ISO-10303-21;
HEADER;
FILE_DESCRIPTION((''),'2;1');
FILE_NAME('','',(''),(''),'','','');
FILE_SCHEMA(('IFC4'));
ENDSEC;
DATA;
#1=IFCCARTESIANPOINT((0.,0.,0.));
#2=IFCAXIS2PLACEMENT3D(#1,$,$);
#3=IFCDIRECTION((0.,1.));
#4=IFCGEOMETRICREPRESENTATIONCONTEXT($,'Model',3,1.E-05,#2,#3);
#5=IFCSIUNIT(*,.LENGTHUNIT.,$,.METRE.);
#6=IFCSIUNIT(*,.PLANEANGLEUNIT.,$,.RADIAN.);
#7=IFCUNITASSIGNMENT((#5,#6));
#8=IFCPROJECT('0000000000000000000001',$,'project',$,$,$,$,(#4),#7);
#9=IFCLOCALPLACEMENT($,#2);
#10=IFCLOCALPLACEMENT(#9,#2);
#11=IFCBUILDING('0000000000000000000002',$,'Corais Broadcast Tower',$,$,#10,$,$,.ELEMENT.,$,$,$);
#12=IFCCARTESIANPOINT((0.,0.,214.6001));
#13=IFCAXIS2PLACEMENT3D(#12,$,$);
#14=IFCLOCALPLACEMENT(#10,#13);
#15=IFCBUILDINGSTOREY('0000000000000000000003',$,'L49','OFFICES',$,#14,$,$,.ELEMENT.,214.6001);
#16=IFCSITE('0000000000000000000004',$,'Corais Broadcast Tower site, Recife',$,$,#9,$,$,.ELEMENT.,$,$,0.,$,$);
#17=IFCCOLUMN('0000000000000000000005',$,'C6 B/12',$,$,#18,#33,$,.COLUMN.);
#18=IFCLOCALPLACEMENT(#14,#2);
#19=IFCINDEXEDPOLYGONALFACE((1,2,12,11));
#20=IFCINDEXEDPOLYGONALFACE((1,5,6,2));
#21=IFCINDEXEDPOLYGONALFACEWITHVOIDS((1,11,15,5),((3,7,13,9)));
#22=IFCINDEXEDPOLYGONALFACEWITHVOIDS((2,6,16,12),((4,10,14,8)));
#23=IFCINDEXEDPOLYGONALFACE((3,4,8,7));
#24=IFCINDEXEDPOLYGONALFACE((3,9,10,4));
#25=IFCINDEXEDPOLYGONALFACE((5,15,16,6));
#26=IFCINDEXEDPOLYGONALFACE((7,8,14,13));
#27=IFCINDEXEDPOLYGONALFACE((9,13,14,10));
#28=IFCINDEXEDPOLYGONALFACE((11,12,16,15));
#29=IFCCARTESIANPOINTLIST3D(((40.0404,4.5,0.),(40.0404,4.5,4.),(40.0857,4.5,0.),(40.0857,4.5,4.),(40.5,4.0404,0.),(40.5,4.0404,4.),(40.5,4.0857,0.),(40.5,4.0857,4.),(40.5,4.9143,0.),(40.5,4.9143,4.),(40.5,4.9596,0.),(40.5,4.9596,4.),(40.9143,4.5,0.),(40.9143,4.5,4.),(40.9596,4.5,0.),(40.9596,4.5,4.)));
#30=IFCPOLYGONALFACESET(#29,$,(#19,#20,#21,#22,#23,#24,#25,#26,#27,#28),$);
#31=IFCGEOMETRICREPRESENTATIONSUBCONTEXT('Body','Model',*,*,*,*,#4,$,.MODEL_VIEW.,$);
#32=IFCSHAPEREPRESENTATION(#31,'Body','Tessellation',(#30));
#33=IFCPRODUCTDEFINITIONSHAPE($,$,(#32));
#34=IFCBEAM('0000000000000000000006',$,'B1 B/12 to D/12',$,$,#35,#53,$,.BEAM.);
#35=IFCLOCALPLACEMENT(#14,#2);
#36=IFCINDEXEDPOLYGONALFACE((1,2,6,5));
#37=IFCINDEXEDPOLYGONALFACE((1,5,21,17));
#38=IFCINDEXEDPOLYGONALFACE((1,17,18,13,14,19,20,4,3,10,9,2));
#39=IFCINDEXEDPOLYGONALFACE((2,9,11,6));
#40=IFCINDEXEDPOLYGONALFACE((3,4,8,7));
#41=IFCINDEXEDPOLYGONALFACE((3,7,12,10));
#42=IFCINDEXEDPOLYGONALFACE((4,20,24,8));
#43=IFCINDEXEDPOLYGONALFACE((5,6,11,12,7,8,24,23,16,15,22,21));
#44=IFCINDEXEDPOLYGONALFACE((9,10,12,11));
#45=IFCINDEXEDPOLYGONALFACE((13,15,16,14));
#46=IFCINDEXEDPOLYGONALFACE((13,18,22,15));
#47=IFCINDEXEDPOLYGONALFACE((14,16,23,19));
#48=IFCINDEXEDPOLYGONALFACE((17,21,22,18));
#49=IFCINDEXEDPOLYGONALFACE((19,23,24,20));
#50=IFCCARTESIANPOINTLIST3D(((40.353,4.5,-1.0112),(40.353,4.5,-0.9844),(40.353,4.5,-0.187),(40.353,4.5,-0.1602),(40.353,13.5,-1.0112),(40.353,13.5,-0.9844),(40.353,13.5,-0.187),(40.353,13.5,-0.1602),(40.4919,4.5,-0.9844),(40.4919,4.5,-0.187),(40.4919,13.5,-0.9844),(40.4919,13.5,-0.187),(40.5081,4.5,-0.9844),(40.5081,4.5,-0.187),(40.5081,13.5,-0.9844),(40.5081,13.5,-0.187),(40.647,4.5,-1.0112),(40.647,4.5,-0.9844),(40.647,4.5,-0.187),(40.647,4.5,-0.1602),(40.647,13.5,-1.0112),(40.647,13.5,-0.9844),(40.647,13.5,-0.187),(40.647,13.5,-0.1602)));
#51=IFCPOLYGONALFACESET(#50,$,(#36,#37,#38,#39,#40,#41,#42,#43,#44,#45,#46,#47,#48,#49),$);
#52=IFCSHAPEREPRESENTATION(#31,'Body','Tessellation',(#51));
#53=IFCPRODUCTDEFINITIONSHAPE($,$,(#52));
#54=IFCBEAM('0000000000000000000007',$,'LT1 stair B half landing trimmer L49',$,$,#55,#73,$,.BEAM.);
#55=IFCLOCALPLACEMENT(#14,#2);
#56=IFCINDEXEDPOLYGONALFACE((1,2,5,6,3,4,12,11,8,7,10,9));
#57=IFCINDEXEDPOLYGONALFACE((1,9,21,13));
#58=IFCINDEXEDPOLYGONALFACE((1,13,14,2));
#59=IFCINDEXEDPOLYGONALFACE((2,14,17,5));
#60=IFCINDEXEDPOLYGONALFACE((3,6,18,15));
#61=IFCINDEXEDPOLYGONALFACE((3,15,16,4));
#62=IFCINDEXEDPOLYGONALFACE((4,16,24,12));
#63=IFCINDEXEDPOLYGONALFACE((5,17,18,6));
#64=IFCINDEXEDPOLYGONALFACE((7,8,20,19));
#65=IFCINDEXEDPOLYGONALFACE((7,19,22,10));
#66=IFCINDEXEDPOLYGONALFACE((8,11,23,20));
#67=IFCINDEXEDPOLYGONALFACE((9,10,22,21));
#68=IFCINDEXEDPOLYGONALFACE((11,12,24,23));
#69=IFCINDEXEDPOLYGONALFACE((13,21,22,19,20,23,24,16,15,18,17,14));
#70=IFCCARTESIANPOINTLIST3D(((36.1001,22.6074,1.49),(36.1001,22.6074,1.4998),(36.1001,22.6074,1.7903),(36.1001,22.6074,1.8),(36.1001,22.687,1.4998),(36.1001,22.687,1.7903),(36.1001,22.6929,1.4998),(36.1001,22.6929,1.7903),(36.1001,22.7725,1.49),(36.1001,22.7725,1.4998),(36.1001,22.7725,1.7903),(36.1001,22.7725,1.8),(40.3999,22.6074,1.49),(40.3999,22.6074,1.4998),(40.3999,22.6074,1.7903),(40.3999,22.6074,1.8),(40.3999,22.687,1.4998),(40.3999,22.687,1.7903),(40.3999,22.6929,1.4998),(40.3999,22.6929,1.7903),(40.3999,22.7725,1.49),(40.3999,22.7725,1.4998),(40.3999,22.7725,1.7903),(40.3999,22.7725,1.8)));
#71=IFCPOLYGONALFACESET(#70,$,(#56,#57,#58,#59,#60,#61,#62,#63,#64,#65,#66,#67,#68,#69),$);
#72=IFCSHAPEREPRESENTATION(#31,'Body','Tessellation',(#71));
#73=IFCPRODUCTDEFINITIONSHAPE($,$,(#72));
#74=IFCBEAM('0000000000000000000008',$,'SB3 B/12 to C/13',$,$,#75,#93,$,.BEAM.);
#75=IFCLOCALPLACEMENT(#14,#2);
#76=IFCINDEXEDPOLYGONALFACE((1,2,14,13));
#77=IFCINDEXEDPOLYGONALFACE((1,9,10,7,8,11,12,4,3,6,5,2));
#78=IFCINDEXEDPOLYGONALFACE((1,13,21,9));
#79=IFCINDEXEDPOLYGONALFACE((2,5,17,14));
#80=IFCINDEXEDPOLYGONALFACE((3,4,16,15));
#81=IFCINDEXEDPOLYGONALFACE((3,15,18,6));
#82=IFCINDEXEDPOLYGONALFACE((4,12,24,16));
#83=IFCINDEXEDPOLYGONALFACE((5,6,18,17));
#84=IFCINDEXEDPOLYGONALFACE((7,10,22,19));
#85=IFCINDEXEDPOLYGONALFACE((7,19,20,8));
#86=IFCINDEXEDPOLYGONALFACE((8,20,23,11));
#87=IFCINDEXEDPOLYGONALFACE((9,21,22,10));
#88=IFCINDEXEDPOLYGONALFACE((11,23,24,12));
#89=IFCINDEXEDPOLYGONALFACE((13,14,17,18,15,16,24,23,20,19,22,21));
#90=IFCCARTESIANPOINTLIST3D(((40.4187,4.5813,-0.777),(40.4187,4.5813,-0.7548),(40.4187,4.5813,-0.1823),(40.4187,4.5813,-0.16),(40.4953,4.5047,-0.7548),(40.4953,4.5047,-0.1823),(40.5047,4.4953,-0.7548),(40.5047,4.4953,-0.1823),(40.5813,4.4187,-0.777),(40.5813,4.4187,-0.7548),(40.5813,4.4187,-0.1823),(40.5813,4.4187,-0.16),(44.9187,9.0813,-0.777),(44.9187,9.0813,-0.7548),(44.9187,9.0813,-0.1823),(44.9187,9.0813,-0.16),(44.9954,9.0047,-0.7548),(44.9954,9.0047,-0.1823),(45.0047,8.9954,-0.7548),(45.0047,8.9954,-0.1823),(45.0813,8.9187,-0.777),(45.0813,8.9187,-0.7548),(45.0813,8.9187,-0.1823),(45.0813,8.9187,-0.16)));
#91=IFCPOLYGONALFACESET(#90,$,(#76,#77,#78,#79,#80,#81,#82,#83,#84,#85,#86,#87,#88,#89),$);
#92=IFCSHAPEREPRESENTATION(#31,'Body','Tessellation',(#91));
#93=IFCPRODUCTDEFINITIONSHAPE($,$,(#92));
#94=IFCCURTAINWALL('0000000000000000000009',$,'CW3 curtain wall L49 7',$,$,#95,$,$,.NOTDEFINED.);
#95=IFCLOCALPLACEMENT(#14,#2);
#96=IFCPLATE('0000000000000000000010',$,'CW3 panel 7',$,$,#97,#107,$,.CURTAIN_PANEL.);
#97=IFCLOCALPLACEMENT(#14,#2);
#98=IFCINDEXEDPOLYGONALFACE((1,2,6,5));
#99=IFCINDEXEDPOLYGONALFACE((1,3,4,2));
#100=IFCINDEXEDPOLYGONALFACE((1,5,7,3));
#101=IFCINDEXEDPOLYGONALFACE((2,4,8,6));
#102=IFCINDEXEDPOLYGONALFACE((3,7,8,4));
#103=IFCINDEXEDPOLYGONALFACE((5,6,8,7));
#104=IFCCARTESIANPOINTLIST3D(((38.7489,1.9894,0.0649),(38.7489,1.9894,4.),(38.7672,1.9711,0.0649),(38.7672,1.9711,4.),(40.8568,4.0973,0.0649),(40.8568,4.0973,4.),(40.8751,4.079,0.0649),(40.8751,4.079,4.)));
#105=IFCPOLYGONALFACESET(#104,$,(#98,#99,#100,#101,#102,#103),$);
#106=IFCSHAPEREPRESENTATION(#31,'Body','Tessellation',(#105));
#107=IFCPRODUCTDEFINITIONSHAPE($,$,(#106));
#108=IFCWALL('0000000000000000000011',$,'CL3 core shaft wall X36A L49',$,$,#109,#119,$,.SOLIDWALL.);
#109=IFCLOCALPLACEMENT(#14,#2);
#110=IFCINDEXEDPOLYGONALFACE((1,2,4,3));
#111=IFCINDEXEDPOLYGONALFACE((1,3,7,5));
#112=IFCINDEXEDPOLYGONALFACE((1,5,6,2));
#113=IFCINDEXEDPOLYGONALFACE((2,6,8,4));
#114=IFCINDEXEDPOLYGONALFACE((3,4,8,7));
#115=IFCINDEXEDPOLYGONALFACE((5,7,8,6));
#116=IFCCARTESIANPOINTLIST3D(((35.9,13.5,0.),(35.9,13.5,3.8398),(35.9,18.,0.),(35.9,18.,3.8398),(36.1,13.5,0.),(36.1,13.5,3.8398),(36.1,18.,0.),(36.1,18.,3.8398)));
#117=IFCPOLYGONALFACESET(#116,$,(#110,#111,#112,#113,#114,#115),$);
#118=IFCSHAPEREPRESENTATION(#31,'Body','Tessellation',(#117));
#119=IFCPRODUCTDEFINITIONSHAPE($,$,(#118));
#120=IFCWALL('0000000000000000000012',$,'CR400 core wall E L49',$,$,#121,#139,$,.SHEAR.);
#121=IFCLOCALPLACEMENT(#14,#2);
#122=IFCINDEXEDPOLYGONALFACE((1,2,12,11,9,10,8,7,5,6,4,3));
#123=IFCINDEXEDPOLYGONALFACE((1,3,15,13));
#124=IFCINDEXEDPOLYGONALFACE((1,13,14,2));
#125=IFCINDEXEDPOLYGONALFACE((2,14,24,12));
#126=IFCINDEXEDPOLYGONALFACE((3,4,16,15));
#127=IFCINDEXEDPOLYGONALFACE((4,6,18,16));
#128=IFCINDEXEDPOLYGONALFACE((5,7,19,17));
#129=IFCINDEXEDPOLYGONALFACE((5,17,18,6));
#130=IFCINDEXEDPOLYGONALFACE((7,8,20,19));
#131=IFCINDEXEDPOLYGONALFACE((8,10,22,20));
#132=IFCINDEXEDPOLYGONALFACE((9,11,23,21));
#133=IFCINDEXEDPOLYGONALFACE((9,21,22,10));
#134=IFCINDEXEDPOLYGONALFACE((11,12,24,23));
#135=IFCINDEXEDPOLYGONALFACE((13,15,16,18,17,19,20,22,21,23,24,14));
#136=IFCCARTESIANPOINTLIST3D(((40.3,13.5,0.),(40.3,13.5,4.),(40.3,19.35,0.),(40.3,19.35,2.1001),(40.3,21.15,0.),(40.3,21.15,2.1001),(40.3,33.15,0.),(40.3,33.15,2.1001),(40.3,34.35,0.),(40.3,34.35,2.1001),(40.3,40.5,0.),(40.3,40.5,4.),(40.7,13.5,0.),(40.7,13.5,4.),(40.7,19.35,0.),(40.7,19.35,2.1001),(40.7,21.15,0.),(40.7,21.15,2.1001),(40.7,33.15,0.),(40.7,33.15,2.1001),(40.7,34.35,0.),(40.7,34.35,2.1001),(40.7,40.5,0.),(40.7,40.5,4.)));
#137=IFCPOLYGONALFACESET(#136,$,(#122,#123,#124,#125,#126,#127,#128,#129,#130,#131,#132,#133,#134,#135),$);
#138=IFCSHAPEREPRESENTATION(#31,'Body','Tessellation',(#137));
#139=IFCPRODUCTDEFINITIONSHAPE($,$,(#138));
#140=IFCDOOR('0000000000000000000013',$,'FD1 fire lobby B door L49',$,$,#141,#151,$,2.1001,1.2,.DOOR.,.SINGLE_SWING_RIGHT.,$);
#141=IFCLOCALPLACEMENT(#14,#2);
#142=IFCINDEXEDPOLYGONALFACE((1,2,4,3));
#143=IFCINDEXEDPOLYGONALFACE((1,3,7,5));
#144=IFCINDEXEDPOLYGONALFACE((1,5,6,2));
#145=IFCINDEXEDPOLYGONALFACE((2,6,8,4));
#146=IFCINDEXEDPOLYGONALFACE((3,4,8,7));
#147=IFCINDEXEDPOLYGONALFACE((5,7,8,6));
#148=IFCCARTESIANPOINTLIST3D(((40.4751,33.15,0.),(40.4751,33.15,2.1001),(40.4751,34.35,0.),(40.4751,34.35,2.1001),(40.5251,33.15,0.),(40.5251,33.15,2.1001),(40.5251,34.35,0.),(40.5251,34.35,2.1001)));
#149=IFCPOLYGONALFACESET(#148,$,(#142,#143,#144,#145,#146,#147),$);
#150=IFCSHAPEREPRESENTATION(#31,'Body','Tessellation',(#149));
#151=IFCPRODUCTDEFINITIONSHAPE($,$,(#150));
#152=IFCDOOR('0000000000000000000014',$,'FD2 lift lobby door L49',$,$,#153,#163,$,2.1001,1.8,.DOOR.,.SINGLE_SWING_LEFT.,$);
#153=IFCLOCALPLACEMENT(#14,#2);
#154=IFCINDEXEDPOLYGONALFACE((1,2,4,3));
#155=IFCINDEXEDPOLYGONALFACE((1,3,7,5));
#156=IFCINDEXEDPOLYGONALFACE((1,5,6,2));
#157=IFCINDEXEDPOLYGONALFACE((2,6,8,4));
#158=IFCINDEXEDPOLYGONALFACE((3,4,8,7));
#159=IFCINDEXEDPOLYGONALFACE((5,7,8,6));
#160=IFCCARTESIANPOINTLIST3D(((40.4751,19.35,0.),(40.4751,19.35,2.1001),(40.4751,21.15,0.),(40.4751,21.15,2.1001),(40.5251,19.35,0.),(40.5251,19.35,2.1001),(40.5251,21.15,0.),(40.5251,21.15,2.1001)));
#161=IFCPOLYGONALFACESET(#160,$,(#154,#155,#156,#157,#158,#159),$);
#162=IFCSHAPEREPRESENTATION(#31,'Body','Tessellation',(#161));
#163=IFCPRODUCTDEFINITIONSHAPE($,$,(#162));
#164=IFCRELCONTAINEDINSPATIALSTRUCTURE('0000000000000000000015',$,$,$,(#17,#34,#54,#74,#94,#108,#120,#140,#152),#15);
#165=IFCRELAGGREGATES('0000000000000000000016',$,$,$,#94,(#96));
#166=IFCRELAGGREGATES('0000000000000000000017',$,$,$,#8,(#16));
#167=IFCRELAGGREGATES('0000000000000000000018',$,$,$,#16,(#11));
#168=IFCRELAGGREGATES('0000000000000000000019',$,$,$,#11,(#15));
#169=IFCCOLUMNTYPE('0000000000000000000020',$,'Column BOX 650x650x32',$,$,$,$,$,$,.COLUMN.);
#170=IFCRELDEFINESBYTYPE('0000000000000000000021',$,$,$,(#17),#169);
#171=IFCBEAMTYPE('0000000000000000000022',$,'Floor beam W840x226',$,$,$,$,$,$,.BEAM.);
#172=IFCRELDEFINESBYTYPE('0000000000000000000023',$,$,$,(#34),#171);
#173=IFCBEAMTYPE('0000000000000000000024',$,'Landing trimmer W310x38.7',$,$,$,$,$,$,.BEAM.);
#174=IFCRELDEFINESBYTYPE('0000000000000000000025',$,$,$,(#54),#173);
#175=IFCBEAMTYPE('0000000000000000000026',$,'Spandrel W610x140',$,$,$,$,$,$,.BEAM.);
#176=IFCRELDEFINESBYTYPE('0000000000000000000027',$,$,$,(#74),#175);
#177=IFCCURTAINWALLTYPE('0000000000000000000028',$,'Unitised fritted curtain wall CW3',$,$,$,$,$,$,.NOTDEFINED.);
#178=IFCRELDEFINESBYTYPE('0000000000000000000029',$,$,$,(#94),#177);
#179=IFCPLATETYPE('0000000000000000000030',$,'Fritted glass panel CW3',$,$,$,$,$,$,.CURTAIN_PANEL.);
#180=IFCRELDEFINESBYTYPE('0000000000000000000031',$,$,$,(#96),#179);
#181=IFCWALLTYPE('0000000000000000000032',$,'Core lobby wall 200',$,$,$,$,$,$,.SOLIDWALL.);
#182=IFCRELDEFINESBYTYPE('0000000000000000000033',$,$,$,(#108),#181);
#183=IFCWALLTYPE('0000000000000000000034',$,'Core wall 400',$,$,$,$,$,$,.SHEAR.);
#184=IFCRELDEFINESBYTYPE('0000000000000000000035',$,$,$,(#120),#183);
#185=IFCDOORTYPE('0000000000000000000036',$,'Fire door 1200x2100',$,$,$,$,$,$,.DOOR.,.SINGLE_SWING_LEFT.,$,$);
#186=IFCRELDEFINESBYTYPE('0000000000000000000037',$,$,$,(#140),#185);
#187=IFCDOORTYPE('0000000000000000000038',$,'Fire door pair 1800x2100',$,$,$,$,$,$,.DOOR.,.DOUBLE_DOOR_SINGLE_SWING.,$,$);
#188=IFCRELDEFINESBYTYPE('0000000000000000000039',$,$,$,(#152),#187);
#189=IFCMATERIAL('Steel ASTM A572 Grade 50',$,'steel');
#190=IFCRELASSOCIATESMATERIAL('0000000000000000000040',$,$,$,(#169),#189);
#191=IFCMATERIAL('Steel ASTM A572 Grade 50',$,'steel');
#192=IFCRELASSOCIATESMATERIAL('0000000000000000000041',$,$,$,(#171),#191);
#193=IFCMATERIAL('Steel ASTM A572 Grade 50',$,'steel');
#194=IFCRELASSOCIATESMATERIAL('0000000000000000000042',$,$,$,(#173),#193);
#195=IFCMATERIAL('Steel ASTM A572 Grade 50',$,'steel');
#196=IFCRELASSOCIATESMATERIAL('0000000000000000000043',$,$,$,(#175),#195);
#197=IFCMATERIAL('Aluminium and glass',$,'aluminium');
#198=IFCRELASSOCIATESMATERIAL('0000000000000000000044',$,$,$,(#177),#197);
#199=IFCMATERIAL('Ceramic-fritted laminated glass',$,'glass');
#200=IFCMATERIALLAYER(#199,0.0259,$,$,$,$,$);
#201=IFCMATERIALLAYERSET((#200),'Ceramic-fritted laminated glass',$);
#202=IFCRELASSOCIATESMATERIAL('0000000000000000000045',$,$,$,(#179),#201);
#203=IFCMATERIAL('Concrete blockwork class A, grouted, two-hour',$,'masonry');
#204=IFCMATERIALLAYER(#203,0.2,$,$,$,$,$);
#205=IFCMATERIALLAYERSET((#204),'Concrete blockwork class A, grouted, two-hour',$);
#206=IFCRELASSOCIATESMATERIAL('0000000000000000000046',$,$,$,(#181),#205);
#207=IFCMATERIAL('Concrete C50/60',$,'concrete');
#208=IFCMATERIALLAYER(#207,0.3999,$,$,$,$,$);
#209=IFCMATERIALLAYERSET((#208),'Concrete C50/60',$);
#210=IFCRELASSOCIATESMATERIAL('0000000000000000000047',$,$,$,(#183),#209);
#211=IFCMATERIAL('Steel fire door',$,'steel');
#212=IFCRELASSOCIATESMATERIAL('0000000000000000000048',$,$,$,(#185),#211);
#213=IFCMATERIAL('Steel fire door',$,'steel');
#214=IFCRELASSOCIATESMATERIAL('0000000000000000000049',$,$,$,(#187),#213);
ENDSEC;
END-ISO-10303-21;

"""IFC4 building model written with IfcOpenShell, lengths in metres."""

from ifc_helpers import new_model, si_unit, direction, frame, frame_2d, origin, origin_2d, place, context, subcontext, project, spatial, rectangle, hollow_rectangle, i_section, extrude, material, layer, layer_set, material_profile, profile_set, type_object, element, fill, aggregate, save


model = new_model("IFC4")

# Units and contexts
model_context = context("Model", 3, precision=1e-05, world=origin(), true_north=direction((0.0, 1.0)))
body_context = subcontext(model_context, "Body", "Model", "MODEL_VIEW")
ifc_project = project(units=[si_unit("LENGTHUNIT", "METRE"), si_unit("PLANEANGLEUNIT", "RADIAN")], contexts=[model_context])

# Site, building, storey
site_placement = place(None, origin())
site = spatial("IfcSite", under=ifc_project, at=site_placement, Name="Corais Broadcast Tower site, Recife", CompositionType="ELEMENT", RefElevation=0.0)
building_placement = place(site_placement, origin())
building = spatial("IfcBuilding", under=site, at=building_placement, Name="Corais Broadcast Tower", CompositionType="ELEMENT")
storey_placement = place(building_placement, frame((0.0, 0.0, 214.6001)))
storey = spatial("IfcBuildingStorey", under=building, at=storey_placement, Name="L49", Description="OFFICES", CompositionType="ELEMENT", Elevation=214.6001)

# Column
ifc_material_1 = material(Name="Steel ASTM A572 Grade 50", Category="steel")
ifc_material_profile_1 = material_profile(ifc_material_1, hollow_rectangle(XDim=0.6499, YDim=0.6499, WallThickness=0.032, at=origin_2d()), Name="BOX 650x650x32")
ifc_profile_set_1 = profile_set([ifc_material_profile_1], Name="Steel ASTM A572 Grade 50")
column_type = type_object("IfcColumnType", Name="Column BOX 650x650x32", PredefinedType="COLUMN", material=ifc_profile_set_1)
column_placement = place(storey_placement, frame((40.5, 4.5, 0.0), z_axis=(0.0, 0.0, 1.0), x_axis=(0.707107, 0.707107, 0.0)))
element("IfcColumn", 1, at=column_placement, inside=storey, type_object=column_type, Name="C6 B/12", PredefinedType="COLUMN", context=body_context, shape_type="SweptSolid", body=[
    extrude(hollow_rectangle(XDim=0.6499, YDim=0.6499, WallThickness=0.032, at=origin_2d()), origin(), (0.0, 0.0, 1.0), 4.0),
])

# Beams
ifc_material_2 = material(Name="Steel ASTM A572 Grade 50", Category="steel")
ifc_material_profile_2 = material_profile(ifc_material_2, i_section(OverallWidth=0.2939, OverallDepth=0.8511, WebThickness=0.0161, FlangeThickness=0.0269, at=origin_2d()), Name="W840x226")
ifc_profile_set_2 = profile_set([ifc_material_profile_2], Name="Steel ASTM A572 Grade 50")
beam_type_1 = type_object("IfcBeamType", Name="Floor beam W840x226", PredefinedType="BEAM", material=ifc_profile_set_2)
beam_1_placement = place(storey_placement, frame((40.5, 4.5, -0.5857), z_axis=(0.0, 1.0, 0.0), x_axis=(-1.0, 0.0, 0.0)))
element("IfcBeam", 2, at=beam_1_placement, inside=storey, type_object=beam_type_1, Name="B1 B/12 to D/12", PredefinedType="BEAM", context=body_context, shape_type="SweptSolid", body=[
    extrude(i_section(OverallWidth=0.2939, OverallDepth=0.8511, WebThickness=0.0161, FlangeThickness=0.0269, at=origin_2d()), origin(), (0.0, 0.0, 1.0), 9.0),
])
ifc_material_3 = material(Name="Steel ASTM A572 Grade 50", Category="steel")
ifc_material_profile_3 = material_profile(ifc_material_3, i_section(OverallWidth=0.165, OverallDepth=0.3101, WebThickness=0.0059, FlangeThickness=0.0098, at=origin_2d()), Name="W310x38.7")
ifc_profile_set_3 = profile_set([ifc_material_profile_3], Name="Steel ASTM A572 Grade 50")
beam_type_2 = type_object("IfcBeamType", Name="Landing trimmer W310x38.7", PredefinedType="BEAM", material=ifc_profile_set_3)
beam_2_placement = place(storey_placement, frame((36.1001, 22.6899, 1.645), z_axis=(1.0, 0.0, 0.0), x_axis=(0.0, 1.0, 0.0)))
element("IfcBeam", 3, at=beam_2_placement, inside=storey, type_object=beam_type_2, Name="LT1 stair B half landing trimmer L49", PredefinedType="BEAM", context=body_context, shape_type="SweptSolid", body=[
    extrude(i_section(OverallWidth=0.165, OverallDepth=0.3101, WebThickness=0.0059, FlangeThickness=0.0098, at=origin_2d()), origin(), (0.0, 0.0, 1.0), 4.2998),
])
ifc_material_4 = material(Name="Steel ASTM A572 Grade 50", Category="steel")
ifc_material_profile_4 = material_profile(ifc_material_4, i_section(OverallWidth=0.23, OverallDepth=0.6169, WebThickness=0.0132, FlangeThickness=0.0222, at=origin_2d()), Name="W610x140")
ifc_profile_set_4 = profile_set([ifc_material_profile_4], Name="Steel ASTM A572 Grade 50")
beam_type_3 = type_object("IfcBeamType", Name="Spandrel W610x140", PredefinedType="BEAM", material=ifc_profile_set_4)
beam_3_placement = place(storey_placement, frame((40.5, 4.5, -0.4685), z_axis=(0.707107, 0.707107, 0.0), x_axis=(-0.707107, 0.707107, 0.0)))
element("IfcBeam", 4, at=beam_3_placement, inside=storey, type_object=beam_type_3, Name="SB3 B/12 to C/13", PredefinedType="BEAM", context=body_context, shape_type="SweptSolid", body=[
    extrude(i_section(OverallWidth=0.23, OverallDepth=0.6169, WebThickness=0.0132, FlangeThickness=0.0222, at=origin_2d()), origin(), (0.0, 0.0, 1.0), 6.364),
])

# Curtain wall, plate
ifc_material_5 = material(Name="Aluminium and glass", Category="aluminium")
curtain_wall_type = type_object("IfcCurtainWallType", Name="Unitised fritted curtain wall CW3", PredefinedType="NOTDEFINED", material=ifc_material_5)
curtain_wall_placement = place(storey_placement, origin())
curtain_wall = element("IfcCurtainWall", 5, at=curtain_wall_placement, inside=storey, type_object=curtain_wall_type, Name="CW3 curtain wall L49 7", PredefinedType="NOTDEFINED")
ifc_material_6 = material(Name="Ceramic-fritted laminated glass", Category="glass")
ifc_layer_1 = layer(ifc_material_6, 0.0259)
ifc_layer_set_1 = layer_set([ifc_layer_1], Name="Ceramic-fritted laminated glass")
plate_type = type_object("IfcPlateType", Name="Fritted glass panel CW3", PredefinedType="CURTAIN_PANEL", material=ifc_layer_set_1)
plate_placement = place(storey_placement, frame((39.812, 3.0342, 0.0649), z_axis=(0.0, 0.0, 1.0), x_axis=(-0.707107, -0.707107, 0.0)))
plate = element("IfcPlate", 6, at=plate_placement, type_object=plate_type, Name="CW3 panel 7", PredefinedType="CURTAIN_PANEL", context=body_context, shape_type="SweptSolid", body=[
    extrude(rectangle(XDim=2.981, YDim=0.0259, at=origin_2d()), origin(), (0.0, 0.0, 1.0), 3.9351),
])
aggregate(curtain_wall, [plate])

# Wall
ifc_material_7 = material(Name="Concrete blockwork class A, grouted, two-hour", Category="masonry")
ifc_layer_2 = layer(ifc_material_7, 0.2)
ifc_layer_set_2 = layer_set([ifc_layer_2], Name="Concrete blockwork class A, grouted, two-hour")
wall_type_1 = type_object("IfcWallType", Name="Core lobby wall 200", PredefinedType="SOLIDWALL", material=ifc_layer_set_2)
wall_1_placement = place(storey_placement, frame((36.0, 13.5, 0.0), z_axis=(0.0, 0.0, 1.0), x_axis=(0.0, 1.0, 0.0)))
element("IfcWall", 7, at=wall_1_placement, inside=storey, type_object=wall_type_1, Name="CL3 core shaft wall X36A L49", PredefinedType="SOLIDWALL", context=body_context, shape_type="SweptSolid", body=[
    extrude(rectangle(XDim=4.5, YDim=0.2, at=frame_2d((2.25, 0.0))), origin(), (0.0, 0.0, 1.0), 3.8398),
])

# Wall, openings, doors
ifc_material_8 = material(Name="Concrete C50/60", Category="concrete")
ifc_layer_3 = layer(ifc_material_8, 0.3999)
ifc_layer_set_3 = layer_set([ifc_layer_3], Name="Concrete C50/60")
wall_type_2 = type_object("IfcWallType", Name="Core wall 400", PredefinedType="SHEAR", material=ifc_layer_set_3)
wall_2_placement = place(storey_placement, frame((40.5, 13.5, 0.0), z_axis=(0.0, 0.0, 1.0), x_axis=(0.0, 1.0, 0.0)))
wall_2 = element("IfcWall", 8, at=wall_2_placement, inside=storey, type_object=wall_type_2, Name="CR400 core wall E L49", PredefinedType="SHEAR", context=body_context, shape_type="SweptSolid", body=[
    extrude(rectangle(XDim=27.0, YDim=0.3999, at=frame_2d((13.5, 0.0))), origin(), (0.0, 0.0, 1.0), 4.0),
])
opening_1_placement = place(wall_2_placement, frame((5.8501, 0.0, 0.0)))
opening_1 = element("IfcOpeningElement", 9, at=opening_1_placement, cuts=wall_2, PredefinedType="OPENING", context=body_context, shape_type="SweptSolid", body=[
    extrude(rectangle(XDim=1.8, YDim=2.1001, at=frame_2d((0.8999, 1.05))), frame((0.0, 0.21, 0.0), z_axis=(0.0, -1.0, 0.0), x_axis=(1.0, 0.0, 0.0)), (0.0, 0.0, 1.0), 0.4199),
])
opening_2_placement = place(wall_2_placement, frame((19.6499, 0.0, 0.0)))
opening_2 = element("IfcOpeningElement", 10, at=opening_2_placement, cuts=wall_2, PredefinedType="OPENING", context=body_context, shape_type="SweptSolid", body=[
    extrude(rectangle(XDim=1.2, YDim=2.1001, at=frame_2d((0.6001, 1.05))), frame((0.0, 0.21, 0.0), z_axis=(0.0, -1.0, 0.0), x_axis=(1.0, 0.0, 0.0)), (0.0, 0.0, 1.0), 0.4199),
])
ifc_material_9 = material(Name="Steel fire door", Category="steel")
door_type_1 = type_object("IfcDoorType", Name="Fire door 1200x2100", OperationType="SINGLE_SWING_LEFT", PredefinedType="DOOR", material=ifc_material_9)
door_1_placement = place(opening_2_placement, origin())
door_1 = element("IfcDoor", 11, at=door_1_placement, inside=storey, type_object=door_type_1, Name="FD1 fire lobby B door L49", OperationType="SINGLE_SWING_RIGHT", OverallHeight=2.1001, OverallWidth=1.2, PredefinedType="DOOR", context=body_context, shape_type="SweptSolid", body=[
    extrude(rectangle(XDim=1.2, YDim=2.1001, at=frame_2d((0.6001, 1.05))), frame((0.0, 0.0249, 0.0), z_axis=(0.0, -1.0, 0.0), x_axis=(1.0, 0.0, 0.0)), (0.0, 0.0, 1.0), 0.05),
])
fill(opening_2, door_1)
ifc_material_10 = material(Name="Steel fire door", Category="steel")
door_type_2 = type_object("IfcDoorType", Name="Fire door pair 1800x2100", OperationType="DOUBLE_DOOR_SINGLE_SWING", PredefinedType="DOOR", material=ifc_material_10)
door_2_placement = place(opening_1_placement, origin())
door_2 = element("IfcDoor", 12, at=door_2_placement, inside=storey, type_object=door_type_2, Name="FD2 lift lobby door L49", OperationType="SINGLE_SWING_LEFT", OverallHeight=2.1001, OverallWidth=1.8, PredefinedType="DOOR", context=body_context, shape_type="SweptSolid", body=[
    extrude(rectangle(XDim=1.8, YDim=2.1001, at=frame_2d((0.8999, 1.05))), frame((0.0, 0.0249, 0.0), z_axis=(0.0, -1.0, 0.0), x_axis=(1.0, 0.0, 0.0)), (0.0, 0.0, 1.0), 0.05),
])
fill(opening_1, door_2)

save(model, "model.ifc")
